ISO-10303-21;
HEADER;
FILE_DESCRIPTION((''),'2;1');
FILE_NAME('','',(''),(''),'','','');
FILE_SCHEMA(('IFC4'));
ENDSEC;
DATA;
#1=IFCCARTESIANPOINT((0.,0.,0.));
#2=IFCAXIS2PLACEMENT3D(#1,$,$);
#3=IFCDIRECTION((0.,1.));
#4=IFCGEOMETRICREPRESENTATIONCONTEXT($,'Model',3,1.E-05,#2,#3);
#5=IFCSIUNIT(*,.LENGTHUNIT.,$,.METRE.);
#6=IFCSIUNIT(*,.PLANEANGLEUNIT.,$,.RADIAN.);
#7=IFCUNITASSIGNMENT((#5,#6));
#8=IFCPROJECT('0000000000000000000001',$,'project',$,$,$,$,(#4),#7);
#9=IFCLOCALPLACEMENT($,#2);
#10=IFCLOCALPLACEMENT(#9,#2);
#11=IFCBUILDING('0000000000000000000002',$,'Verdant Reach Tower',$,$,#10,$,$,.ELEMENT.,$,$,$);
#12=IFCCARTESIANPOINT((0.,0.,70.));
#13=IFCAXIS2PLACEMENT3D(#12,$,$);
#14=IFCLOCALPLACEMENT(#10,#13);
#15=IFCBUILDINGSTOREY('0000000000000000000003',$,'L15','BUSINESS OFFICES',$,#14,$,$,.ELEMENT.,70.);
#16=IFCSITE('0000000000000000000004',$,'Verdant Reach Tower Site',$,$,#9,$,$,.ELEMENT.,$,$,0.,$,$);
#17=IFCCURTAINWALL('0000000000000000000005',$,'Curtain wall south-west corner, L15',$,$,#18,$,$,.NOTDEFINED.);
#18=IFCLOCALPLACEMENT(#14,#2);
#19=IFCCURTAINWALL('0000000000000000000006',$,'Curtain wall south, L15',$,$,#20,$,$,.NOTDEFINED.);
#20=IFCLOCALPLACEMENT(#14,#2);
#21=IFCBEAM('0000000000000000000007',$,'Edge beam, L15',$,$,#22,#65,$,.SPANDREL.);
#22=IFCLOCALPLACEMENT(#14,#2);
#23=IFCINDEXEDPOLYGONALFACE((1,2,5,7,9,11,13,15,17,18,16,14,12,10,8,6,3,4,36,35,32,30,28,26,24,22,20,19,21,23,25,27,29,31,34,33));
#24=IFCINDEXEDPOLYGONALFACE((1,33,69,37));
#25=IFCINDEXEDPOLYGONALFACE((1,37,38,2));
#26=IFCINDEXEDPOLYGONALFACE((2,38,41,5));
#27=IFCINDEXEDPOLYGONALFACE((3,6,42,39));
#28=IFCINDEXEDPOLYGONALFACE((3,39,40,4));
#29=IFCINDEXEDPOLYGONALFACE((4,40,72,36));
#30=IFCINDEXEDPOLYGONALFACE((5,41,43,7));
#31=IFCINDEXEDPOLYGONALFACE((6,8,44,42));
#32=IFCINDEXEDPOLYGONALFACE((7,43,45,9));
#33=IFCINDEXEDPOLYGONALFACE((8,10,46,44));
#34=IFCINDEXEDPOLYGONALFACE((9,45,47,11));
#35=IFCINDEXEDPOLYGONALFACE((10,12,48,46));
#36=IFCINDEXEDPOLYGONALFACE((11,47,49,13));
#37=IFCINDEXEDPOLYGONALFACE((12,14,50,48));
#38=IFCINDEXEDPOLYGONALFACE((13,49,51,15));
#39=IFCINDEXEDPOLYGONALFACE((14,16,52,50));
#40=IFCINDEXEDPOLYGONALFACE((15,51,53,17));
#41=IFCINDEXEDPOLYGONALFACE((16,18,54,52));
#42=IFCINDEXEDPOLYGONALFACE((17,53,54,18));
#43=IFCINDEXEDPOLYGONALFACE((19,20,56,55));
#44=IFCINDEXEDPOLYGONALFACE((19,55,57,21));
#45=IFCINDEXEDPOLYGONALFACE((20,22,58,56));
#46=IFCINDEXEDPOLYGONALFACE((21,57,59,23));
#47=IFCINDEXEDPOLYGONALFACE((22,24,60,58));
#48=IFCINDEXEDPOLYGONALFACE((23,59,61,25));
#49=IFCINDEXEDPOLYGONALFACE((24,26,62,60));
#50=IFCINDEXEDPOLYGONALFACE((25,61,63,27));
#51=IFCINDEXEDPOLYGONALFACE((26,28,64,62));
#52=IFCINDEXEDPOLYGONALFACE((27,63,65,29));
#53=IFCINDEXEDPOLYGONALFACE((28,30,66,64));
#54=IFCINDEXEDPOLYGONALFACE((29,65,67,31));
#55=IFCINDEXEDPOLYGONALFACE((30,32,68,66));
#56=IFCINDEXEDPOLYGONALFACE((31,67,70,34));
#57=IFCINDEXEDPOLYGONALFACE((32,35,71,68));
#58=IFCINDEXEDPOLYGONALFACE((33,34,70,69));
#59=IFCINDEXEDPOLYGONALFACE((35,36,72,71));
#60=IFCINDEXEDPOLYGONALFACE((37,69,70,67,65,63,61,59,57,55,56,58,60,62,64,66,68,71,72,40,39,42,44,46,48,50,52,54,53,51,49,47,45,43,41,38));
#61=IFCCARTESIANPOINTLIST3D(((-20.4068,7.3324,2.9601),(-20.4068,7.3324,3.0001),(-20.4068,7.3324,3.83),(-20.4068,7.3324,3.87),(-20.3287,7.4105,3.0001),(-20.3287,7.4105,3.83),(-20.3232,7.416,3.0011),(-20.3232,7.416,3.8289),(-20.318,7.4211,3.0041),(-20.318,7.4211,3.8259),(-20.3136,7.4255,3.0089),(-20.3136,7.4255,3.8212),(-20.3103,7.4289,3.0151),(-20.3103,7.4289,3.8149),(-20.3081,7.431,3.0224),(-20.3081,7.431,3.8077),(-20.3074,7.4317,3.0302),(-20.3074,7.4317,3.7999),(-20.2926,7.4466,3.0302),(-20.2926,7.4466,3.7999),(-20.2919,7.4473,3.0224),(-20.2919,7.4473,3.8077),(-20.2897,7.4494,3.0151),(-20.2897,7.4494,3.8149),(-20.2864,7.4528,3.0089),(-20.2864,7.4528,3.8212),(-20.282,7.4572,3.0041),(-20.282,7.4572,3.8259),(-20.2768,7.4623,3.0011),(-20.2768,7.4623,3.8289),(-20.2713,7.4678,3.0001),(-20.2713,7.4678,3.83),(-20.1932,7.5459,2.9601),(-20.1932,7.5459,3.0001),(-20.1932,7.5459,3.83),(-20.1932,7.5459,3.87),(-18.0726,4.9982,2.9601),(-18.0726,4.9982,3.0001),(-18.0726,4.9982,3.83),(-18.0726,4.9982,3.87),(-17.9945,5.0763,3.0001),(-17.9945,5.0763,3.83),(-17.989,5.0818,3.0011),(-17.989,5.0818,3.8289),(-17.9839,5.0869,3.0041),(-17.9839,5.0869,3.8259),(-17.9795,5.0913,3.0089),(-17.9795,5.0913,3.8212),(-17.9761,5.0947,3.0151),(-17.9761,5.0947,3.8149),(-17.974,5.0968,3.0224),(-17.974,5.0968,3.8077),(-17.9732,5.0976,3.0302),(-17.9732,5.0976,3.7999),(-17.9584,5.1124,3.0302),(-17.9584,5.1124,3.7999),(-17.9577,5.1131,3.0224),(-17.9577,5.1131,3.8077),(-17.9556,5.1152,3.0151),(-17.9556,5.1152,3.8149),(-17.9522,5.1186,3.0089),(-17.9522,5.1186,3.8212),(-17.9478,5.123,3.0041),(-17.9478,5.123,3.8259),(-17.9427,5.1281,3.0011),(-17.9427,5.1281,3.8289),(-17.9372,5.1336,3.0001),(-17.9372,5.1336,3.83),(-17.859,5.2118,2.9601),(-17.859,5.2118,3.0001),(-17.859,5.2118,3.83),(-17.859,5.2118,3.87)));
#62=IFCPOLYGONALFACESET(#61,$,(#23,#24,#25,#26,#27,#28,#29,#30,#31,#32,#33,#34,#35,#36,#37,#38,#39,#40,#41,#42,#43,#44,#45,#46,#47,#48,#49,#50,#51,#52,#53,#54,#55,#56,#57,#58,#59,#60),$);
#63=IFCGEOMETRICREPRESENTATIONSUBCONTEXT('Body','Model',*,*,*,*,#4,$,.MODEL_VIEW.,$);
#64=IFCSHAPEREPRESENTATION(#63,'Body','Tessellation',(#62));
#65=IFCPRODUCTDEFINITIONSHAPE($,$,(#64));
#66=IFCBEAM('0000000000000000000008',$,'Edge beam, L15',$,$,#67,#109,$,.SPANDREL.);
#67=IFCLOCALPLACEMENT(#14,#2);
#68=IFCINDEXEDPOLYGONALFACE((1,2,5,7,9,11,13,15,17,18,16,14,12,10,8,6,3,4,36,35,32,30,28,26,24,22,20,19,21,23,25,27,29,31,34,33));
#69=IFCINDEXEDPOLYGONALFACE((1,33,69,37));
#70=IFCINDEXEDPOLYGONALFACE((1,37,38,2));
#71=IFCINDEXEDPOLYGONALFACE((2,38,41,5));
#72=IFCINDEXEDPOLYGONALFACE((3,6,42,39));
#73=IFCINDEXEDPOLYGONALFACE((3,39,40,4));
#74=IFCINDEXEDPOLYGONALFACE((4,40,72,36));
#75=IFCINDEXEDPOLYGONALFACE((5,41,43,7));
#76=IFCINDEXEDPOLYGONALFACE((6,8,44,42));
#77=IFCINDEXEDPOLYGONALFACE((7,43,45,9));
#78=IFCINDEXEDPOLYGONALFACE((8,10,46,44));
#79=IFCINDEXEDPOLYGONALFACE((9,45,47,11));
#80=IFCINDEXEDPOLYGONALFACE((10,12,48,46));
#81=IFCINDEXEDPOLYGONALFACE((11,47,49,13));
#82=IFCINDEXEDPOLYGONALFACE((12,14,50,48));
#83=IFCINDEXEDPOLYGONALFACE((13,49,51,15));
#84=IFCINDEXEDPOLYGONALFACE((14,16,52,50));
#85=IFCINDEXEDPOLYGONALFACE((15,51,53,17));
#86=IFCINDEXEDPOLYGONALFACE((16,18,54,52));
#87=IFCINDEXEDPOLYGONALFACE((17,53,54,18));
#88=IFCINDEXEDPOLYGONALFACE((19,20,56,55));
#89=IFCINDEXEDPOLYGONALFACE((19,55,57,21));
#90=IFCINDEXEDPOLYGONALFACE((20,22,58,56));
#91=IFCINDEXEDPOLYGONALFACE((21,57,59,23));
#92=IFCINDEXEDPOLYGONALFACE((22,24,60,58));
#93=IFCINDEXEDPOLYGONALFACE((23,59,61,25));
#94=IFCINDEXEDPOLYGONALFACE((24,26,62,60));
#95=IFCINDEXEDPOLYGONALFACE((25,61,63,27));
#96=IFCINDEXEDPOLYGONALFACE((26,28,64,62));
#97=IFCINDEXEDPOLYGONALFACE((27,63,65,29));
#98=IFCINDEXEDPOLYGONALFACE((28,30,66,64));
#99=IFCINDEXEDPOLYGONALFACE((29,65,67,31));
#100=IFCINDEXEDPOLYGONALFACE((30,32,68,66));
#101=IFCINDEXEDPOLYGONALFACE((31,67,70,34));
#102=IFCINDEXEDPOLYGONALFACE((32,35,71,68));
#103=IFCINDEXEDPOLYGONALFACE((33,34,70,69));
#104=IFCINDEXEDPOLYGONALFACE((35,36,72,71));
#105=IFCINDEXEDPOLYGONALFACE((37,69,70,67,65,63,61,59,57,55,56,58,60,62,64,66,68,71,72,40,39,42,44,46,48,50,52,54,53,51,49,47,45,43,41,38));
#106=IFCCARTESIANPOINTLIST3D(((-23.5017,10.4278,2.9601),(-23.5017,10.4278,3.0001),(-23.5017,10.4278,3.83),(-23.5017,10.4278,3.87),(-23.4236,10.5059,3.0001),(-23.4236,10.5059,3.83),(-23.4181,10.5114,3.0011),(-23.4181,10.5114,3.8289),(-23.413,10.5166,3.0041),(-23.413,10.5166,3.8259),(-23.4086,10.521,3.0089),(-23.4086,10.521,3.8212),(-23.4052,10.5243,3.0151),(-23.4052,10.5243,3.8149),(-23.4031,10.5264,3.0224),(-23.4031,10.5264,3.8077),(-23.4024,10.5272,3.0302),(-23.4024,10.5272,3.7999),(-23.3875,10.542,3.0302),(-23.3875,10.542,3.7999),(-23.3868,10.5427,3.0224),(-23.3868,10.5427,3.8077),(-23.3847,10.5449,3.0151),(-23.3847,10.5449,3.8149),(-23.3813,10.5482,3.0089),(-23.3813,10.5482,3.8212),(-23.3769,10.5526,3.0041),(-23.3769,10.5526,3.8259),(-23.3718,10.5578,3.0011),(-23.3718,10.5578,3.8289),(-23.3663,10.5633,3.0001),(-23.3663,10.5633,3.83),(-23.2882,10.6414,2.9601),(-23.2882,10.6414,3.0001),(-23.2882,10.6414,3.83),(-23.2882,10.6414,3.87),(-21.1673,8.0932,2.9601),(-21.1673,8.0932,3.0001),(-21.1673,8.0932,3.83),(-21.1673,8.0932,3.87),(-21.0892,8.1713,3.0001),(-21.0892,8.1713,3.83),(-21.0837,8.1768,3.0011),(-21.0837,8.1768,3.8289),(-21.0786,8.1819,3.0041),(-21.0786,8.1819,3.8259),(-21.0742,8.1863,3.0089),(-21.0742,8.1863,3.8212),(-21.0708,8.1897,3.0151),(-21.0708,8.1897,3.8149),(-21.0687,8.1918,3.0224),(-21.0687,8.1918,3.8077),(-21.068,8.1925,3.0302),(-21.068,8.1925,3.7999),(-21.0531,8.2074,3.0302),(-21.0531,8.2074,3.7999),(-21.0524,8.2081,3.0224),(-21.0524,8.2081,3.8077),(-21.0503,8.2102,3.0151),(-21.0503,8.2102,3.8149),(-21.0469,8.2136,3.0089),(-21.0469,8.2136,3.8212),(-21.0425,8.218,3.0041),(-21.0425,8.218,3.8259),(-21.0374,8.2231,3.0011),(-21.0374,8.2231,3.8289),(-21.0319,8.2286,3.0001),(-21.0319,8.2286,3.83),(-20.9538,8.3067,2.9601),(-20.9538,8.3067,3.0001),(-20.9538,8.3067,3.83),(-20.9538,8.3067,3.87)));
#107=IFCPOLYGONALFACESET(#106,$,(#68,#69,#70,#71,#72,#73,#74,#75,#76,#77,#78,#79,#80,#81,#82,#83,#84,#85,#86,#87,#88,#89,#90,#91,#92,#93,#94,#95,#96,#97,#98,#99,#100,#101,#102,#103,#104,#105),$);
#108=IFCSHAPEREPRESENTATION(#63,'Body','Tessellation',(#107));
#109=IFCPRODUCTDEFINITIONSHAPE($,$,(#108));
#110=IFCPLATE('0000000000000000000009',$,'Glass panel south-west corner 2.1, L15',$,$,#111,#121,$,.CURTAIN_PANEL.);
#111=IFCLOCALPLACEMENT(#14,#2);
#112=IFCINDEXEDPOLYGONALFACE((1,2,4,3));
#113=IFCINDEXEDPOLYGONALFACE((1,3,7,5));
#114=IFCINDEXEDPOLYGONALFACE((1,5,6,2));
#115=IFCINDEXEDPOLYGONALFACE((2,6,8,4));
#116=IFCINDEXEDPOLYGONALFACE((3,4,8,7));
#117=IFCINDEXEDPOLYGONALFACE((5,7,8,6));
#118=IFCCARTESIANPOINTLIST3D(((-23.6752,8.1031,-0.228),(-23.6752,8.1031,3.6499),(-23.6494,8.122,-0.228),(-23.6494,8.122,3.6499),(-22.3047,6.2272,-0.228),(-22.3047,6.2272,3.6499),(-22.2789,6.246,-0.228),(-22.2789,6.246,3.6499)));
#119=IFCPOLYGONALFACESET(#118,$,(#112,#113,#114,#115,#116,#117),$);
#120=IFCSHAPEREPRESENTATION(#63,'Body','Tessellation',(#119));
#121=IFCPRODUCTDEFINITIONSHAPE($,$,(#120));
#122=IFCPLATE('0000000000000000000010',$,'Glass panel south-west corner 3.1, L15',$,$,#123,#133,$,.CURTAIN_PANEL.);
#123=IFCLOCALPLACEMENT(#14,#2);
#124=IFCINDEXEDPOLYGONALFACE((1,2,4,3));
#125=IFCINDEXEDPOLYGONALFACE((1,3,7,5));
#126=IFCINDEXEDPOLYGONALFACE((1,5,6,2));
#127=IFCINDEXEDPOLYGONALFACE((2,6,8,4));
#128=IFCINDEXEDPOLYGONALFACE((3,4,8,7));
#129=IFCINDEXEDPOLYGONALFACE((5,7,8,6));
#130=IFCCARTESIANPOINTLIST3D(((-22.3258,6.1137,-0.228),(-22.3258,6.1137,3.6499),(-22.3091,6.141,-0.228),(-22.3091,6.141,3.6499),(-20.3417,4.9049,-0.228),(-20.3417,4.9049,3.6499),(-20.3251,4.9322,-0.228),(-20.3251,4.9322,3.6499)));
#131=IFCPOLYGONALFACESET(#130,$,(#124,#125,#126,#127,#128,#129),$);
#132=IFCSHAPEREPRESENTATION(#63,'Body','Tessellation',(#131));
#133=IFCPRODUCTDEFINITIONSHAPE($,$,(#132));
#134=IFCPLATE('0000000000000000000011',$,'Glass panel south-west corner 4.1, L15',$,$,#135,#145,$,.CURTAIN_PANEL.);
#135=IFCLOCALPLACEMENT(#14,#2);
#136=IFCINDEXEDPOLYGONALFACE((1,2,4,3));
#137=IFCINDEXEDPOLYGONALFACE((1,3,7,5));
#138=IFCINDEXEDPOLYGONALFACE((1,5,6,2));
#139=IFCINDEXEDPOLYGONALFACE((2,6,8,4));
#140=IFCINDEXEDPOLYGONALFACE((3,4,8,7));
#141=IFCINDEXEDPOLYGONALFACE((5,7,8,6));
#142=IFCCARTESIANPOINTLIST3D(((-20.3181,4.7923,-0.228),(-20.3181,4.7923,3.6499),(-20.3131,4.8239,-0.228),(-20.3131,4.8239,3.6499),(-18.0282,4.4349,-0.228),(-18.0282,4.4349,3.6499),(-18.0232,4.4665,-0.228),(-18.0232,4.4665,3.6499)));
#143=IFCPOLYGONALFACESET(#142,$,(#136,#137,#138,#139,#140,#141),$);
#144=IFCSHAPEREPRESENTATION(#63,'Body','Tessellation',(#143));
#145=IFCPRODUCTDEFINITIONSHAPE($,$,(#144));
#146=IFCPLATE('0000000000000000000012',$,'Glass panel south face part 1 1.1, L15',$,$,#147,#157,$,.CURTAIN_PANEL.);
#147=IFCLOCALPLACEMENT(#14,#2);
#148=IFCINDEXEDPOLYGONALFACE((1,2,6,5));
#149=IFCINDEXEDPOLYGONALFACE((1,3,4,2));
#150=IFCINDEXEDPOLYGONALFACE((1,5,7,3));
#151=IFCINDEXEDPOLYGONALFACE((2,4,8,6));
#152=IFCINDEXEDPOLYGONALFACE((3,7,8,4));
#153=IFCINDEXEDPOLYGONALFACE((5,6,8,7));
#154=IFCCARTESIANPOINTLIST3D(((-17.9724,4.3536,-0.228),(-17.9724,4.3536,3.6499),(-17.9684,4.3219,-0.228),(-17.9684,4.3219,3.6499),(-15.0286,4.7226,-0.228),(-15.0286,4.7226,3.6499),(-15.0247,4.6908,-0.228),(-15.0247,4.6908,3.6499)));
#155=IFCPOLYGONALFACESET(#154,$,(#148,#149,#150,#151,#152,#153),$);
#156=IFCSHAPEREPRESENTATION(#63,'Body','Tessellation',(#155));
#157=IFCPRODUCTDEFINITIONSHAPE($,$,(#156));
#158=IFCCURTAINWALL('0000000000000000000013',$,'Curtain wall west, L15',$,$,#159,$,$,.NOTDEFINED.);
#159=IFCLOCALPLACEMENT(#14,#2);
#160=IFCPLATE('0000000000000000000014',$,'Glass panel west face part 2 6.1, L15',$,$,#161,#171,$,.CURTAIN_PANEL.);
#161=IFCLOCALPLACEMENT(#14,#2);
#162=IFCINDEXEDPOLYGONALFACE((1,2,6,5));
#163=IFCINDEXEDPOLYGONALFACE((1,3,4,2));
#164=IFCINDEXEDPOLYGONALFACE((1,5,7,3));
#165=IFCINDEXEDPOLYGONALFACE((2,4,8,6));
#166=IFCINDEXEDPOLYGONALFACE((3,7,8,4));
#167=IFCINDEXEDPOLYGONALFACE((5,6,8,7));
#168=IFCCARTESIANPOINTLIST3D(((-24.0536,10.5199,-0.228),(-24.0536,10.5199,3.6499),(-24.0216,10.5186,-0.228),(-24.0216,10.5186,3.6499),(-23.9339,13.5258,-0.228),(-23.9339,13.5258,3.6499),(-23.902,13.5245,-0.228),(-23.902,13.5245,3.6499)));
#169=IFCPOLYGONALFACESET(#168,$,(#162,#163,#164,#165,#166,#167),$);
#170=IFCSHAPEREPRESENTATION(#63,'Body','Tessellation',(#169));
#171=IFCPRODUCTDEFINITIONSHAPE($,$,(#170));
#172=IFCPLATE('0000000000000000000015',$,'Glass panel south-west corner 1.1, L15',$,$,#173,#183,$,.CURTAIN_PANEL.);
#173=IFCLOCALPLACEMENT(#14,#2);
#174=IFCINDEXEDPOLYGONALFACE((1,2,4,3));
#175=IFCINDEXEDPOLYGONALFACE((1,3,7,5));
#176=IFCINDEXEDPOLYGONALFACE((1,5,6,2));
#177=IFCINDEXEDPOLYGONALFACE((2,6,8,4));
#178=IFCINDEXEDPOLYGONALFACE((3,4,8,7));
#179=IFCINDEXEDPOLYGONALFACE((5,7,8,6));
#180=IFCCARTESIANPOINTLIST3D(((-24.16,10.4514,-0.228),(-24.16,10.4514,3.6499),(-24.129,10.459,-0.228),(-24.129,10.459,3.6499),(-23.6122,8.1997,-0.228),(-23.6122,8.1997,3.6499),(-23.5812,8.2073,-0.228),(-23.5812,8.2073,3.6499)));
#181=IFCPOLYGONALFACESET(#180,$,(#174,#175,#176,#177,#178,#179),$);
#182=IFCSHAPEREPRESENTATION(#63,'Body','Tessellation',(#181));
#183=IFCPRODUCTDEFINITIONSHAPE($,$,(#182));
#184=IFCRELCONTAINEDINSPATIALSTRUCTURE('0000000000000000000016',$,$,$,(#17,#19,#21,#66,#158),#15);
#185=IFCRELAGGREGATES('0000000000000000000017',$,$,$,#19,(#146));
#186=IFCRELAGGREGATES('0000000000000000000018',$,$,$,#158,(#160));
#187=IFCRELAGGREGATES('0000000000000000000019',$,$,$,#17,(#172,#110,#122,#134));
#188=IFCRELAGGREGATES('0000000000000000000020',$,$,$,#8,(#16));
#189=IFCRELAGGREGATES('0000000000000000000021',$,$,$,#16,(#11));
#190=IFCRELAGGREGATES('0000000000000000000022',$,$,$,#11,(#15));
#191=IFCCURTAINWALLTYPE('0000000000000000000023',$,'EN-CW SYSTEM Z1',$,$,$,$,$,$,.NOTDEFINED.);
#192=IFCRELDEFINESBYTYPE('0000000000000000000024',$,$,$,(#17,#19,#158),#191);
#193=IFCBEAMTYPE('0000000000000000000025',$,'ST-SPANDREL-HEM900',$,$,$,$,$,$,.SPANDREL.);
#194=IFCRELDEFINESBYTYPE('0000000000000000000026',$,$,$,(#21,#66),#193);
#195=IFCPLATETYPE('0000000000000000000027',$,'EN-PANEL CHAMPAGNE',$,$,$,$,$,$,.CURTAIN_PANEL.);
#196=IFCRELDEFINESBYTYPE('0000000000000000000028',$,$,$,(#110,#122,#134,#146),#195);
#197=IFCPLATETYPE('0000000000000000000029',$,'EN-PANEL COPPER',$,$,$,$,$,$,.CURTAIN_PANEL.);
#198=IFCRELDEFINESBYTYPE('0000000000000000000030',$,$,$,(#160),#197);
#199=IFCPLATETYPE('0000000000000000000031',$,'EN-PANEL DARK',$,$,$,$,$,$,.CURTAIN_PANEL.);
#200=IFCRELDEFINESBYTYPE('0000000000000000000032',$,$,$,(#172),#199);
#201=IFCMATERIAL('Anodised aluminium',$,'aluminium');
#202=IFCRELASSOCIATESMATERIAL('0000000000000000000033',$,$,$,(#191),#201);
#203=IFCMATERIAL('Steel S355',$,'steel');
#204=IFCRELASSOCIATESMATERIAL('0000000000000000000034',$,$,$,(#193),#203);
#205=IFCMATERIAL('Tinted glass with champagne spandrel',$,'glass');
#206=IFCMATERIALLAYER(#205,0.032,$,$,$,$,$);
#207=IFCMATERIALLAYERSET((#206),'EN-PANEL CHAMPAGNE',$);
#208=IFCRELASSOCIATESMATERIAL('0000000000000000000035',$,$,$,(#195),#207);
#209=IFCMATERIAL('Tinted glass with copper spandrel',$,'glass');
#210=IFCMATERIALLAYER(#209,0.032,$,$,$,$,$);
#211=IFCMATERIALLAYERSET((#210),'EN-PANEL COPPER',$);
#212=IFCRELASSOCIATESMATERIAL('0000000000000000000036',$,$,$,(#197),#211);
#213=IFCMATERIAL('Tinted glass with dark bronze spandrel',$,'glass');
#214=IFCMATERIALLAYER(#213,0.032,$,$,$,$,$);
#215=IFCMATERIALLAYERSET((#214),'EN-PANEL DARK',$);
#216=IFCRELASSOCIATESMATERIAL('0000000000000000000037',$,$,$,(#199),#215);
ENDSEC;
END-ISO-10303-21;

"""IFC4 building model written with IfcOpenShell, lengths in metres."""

from ifc_helpers import new_model, si_unit, direction, frame, origin, origin_2d, place, context, subcontext, project, spatial, rectangle, i_section, extrude, material, layer, layer_set, material_profile, profile_set, type_object, element, aggregate, save


model = new_model("IFC4")

# Units and contexts
model_context = context("Model", 3, precision=1e-05, world=origin(), true_north=direction((0.0, 1.0)))
body_context = subcontext(model_context, "Body", "Model", "MODEL_VIEW")
ifc_project = project(units=[si_unit("LENGTHUNIT", "METRE"), si_unit("PLANEANGLEUNIT", "RADIAN")], contexts=[model_context])

# Site, building, storey
site_placement = place(None, origin())
site = spatial("IfcSite", under=ifc_project, at=site_placement, Name="Verdant Reach Tower Site", CompositionType="ELEMENT", RefElevation=0.0)
building_placement = place(site_placement, origin())
building = spatial("IfcBuilding", under=site, at=building_placement, Name="Verdant Reach Tower", CompositionType="ELEMENT")
storey_placement = place(building_placement, frame((0.0, 0.0, 70.0)))
storey = spatial("IfcBuildingStorey", under=building, at=storey_placement, Name="L15", Description="BUSINESS OFFICES", CompositionType="ELEMENT", Elevation=70.0)

# Curtain walls
ifc_material_1 = material(Name="Anodised aluminium", Category="aluminium")
curtain_wall_type = type_object("IfcCurtainWallType", Name="EN-CW SYSTEM Z1", PredefinedType="NOTDEFINED", material=ifc_material_1)
curtain_wall_1_placement = place(storey_placement, origin())
curtain_wall_1 = element("IfcCurtainWall", 1, at=curtain_wall_1_placement, inside=storey, type_object=curtain_wall_type, Name="Curtain wall south-west corner, L15", PredefinedType="NOTDEFINED")
curtain_wall_2_placement = place(storey_placement, origin())
curtain_wall_2 = element("IfcCurtainWall", 2, at=curtain_wall_2_placement, inside=storey, type_object=curtain_wall_type, Name="Curtain wall south, L15", PredefinedType="NOTDEFINED")

# Beams
ifc_material_2 = material(Name="Steel S355", Category="steel")
ifc_material_profile_1 = material_profile(ifc_material_2, i_section(OverallWidth=0.302, OverallDepth=0.9099, WebThickness=0.021, FlangeThickness=0.04, FilletRadius=0.03, at=origin_2d()), Name="HEM 900")
ifc_profile_set_1 = profile_set([ifc_material_profile_1], Name="Steel S355")
beam_type_1 = type_object("IfcBeamType", Name="ST-SPANDREL-HEM900", PredefinedType="SPANDREL", material=ifc_profile_set_1)
beam_1_placement = place(storey_placement, frame((-17.9658, 5.105, 3.415), z_axis=(-0.707107, 0.707107, 0.0), x_axis=(-0.707107, -0.707107, 0.0)))
element("IfcBeam", 3, at=beam_1_placement, inside=storey, type_object=beam_type_1, Name="Edge beam, L15", PredefinedType="SPANDREL", context=body_context, shape_type="SweptSolid", body=[
    extrude(i_section(OverallWidth=0.302, OverallDepth=0.9099, WebThickness=0.021, FlangeThickness=0.04, FilletRadius=0.03, at=origin_2d()), origin(), (0.0, 0.0, 1.0), 3.301),
])
beam_2_placement = place(storey_placement, frame((-21.0605, 8.2, 3.415), z_axis=(-0.70707, 0.707144, 0.0), x_axis=(-0.707144, -0.70707, 0.0)))
element("IfcBeam", 4, at=beam_2_placement, inside=storey, type_object=beam_type_1, Name="Edge beam, L15", PredefinedType="SPANDREL", context=body_context, shape_type="SweptSolid", body=[
    extrude(i_section(OverallWidth=0.302, OverallDepth=0.9099, WebThickness=0.021, FlangeThickness=0.04, FilletRadius=0.03, at=origin_2d()), origin(), (0.0, 0.0, 1.0), 3.3015),
])

# Plates
ifc_material_3 = material(Name="Tinted glass with champagne spandrel", Category="glass")
ifc_layer_1 = layer(ifc_material_3, 0.032)
ifc_layer_set_1 = layer_set([ifc_layer_1], Name="EN-PANEL CHAMPAGNE")
plate_type_1 = type_object("IfcPlateType", Name="EN-PANEL CHAMPAGNE", PredefinedType="CURTAIN_PANEL", material=ifc_layer_set_1)
plate_1_placement = place(storey_placement, frame((-22.9771, 7.1746, -0.228), z_axis=(0.0, 0.0, 1.0), x_axis=(0.589927, -0.807457, 0.0)))
plate_1 = element("IfcPlate", 5, at=plate_1_placement, type_object=plate_type_1, Name="Glass panel south-west corner 2.1, L15", PredefinedType="CURTAIN_PANEL", context=body_context, shape_type="SweptSolid", body=[
    extrude(rectangle(XDim=2.3232, YDim=0.032, at=origin_2d()), origin(), (0.0, 0.0, 1.0), 3.8779),
])
plate_2_placement = place(storey_placement, frame((-21.3254, 5.5229, -0.228), z_axis=(0.0, 0.0, 1.0), x_axis=(0.853989, -0.520292, 0.0)))
plate_2 = element("IfcPlate", 6, at=plate_2_placement, type_object=plate_type_1, Name="Glass panel south-west corner 3.1, L15", PredefinedType="CURTAIN_PANEL", context=body_context, shape_type="SweptSolid", body=[
    extrude(rectangle(XDim=2.3232, YDim=0.032, at=origin_2d()), origin(), (0.0, 0.0, 1.0), 3.8779),
])
plate_3_placement = place(storey_placement, frame((-19.1707, 4.6294, -0.228), z_axis=(0.0, 0.0, 1.0), x_axis=(0.988033, -0.154245, 0.0)))
plate_3 = element("IfcPlate", 7, at=plate_3_placement, type_object=plate_type_1, Name="Glass panel south-west corner 4.1, L15", PredefinedType="CURTAIN_PANEL", context=body_context, shape_type="SweptSolid", body=[
    extrude(rectangle(XDim=2.3176, YDim=0.032, at=origin_2d()), origin(), (0.0, 0.0, 1.0), 3.8779),
])
plate_4_placement = place(storey_placement, frame((-16.4985, 4.5222, -0.228), z_axis=(0.0, 0.0, 1.0), x_axis=(0.992235, 0.124374, 0.0)))
plate_4 = element("IfcPlate", 8, at=plate_4_placement, type_object=plate_type_1, Name="Glass panel south face part 1 1.1, L15", PredefinedType="CURTAIN_PANEL", context=body_context, shape_type="SweptSolid", body=[
    extrude(rectangle(XDim=2.9668, YDim=0.032, at=origin_2d()), origin(), (0.0, 0.0, 1.0), 3.8779),
])
aggregate(curtain_wall_2, [plate_4])

# Curtain wall, plate
curtain_wall_3_placement = place(storey_placement, origin())
curtain_wall_3 = element("IfcCurtainWall", 9, at=curtain_wall_3_placement, inside=storey, type_object=curtain_wall_type, Name="Curtain wall west, L15", PredefinedType="NOTDEFINED")
ifc_material_4 = material(Name="Tinted glass with copper spandrel", Category="glass")
ifc_layer_2 = layer(ifc_material_4, 0.032)
ifc_layer_set_2 = layer_set([ifc_layer_2], Name="EN-PANEL COPPER")
plate_type_2 = type_object("IfcPlateType", Name="EN-PANEL COPPER", PredefinedType="CURTAIN_PANEL", material=ifc_layer_set_2)
plate_5_placement = place(storey_placement, frame((-23.9778, 12.0222, -0.228), z_axis=(0.0, 0.0, 1.0), x_axis=(-0.039784, -0.999208, 0.0)))
plate_5 = element("IfcPlate", 10, at=plate_5_placement, type_object=plate_type_2, Name="Glass panel west face part 2 6.1, L15", PredefinedType="CURTAIN_PANEL", context=body_context, shape_type="SweptSolid", body=[
    extrude(rectangle(XDim=3.0083, YDim=0.032, at=origin_2d()), origin(), (0.0, 0.0, 1.0), 3.8779),
])
aggregate(curtain_wall_3, [plate_5])

# Plate
ifc_material_5 = material(Name="Tinted glass with dark bronze spandrel", Category="glass")
ifc_layer_3 = layer(ifc_material_5, 0.032)
ifc_layer_set_3 = layer_set([ifc_layer_3], Name="EN-PANEL DARK")
plate_type_3 = type_object("IfcPlateType", Name="EN-PANEL DARK", PredefinedType="CURTAIN_PANEL", material=ifc_layer_set_3)
plate_6_placement = place(storey_placement, frame((-23.8706, 9.3293, -0.228), z_axis=(0.0, 0.0, 1.0), x_axis=(0.236383, -0.97166, 0.0)))
plate_6 = element("IfcPlate", 11, at=plate_6_placement, type_object=plate_type_3, Name="Glass panel south-west corner 1.1, L15", PredefinedType="CURTAIN_PANEL", context=body_context, shape_type="SweptSolid", body=[
    extrude(rectangle(XDim=2.3174, YDim=0.032, at=origin_2d()), origin(), (0.0, 0.0, 1.0), 3.8779),
])
aggregate(curtain_wall_1, [plate_6, plate_1, plate_2, plate_3])

save(model, "model.ifc")
